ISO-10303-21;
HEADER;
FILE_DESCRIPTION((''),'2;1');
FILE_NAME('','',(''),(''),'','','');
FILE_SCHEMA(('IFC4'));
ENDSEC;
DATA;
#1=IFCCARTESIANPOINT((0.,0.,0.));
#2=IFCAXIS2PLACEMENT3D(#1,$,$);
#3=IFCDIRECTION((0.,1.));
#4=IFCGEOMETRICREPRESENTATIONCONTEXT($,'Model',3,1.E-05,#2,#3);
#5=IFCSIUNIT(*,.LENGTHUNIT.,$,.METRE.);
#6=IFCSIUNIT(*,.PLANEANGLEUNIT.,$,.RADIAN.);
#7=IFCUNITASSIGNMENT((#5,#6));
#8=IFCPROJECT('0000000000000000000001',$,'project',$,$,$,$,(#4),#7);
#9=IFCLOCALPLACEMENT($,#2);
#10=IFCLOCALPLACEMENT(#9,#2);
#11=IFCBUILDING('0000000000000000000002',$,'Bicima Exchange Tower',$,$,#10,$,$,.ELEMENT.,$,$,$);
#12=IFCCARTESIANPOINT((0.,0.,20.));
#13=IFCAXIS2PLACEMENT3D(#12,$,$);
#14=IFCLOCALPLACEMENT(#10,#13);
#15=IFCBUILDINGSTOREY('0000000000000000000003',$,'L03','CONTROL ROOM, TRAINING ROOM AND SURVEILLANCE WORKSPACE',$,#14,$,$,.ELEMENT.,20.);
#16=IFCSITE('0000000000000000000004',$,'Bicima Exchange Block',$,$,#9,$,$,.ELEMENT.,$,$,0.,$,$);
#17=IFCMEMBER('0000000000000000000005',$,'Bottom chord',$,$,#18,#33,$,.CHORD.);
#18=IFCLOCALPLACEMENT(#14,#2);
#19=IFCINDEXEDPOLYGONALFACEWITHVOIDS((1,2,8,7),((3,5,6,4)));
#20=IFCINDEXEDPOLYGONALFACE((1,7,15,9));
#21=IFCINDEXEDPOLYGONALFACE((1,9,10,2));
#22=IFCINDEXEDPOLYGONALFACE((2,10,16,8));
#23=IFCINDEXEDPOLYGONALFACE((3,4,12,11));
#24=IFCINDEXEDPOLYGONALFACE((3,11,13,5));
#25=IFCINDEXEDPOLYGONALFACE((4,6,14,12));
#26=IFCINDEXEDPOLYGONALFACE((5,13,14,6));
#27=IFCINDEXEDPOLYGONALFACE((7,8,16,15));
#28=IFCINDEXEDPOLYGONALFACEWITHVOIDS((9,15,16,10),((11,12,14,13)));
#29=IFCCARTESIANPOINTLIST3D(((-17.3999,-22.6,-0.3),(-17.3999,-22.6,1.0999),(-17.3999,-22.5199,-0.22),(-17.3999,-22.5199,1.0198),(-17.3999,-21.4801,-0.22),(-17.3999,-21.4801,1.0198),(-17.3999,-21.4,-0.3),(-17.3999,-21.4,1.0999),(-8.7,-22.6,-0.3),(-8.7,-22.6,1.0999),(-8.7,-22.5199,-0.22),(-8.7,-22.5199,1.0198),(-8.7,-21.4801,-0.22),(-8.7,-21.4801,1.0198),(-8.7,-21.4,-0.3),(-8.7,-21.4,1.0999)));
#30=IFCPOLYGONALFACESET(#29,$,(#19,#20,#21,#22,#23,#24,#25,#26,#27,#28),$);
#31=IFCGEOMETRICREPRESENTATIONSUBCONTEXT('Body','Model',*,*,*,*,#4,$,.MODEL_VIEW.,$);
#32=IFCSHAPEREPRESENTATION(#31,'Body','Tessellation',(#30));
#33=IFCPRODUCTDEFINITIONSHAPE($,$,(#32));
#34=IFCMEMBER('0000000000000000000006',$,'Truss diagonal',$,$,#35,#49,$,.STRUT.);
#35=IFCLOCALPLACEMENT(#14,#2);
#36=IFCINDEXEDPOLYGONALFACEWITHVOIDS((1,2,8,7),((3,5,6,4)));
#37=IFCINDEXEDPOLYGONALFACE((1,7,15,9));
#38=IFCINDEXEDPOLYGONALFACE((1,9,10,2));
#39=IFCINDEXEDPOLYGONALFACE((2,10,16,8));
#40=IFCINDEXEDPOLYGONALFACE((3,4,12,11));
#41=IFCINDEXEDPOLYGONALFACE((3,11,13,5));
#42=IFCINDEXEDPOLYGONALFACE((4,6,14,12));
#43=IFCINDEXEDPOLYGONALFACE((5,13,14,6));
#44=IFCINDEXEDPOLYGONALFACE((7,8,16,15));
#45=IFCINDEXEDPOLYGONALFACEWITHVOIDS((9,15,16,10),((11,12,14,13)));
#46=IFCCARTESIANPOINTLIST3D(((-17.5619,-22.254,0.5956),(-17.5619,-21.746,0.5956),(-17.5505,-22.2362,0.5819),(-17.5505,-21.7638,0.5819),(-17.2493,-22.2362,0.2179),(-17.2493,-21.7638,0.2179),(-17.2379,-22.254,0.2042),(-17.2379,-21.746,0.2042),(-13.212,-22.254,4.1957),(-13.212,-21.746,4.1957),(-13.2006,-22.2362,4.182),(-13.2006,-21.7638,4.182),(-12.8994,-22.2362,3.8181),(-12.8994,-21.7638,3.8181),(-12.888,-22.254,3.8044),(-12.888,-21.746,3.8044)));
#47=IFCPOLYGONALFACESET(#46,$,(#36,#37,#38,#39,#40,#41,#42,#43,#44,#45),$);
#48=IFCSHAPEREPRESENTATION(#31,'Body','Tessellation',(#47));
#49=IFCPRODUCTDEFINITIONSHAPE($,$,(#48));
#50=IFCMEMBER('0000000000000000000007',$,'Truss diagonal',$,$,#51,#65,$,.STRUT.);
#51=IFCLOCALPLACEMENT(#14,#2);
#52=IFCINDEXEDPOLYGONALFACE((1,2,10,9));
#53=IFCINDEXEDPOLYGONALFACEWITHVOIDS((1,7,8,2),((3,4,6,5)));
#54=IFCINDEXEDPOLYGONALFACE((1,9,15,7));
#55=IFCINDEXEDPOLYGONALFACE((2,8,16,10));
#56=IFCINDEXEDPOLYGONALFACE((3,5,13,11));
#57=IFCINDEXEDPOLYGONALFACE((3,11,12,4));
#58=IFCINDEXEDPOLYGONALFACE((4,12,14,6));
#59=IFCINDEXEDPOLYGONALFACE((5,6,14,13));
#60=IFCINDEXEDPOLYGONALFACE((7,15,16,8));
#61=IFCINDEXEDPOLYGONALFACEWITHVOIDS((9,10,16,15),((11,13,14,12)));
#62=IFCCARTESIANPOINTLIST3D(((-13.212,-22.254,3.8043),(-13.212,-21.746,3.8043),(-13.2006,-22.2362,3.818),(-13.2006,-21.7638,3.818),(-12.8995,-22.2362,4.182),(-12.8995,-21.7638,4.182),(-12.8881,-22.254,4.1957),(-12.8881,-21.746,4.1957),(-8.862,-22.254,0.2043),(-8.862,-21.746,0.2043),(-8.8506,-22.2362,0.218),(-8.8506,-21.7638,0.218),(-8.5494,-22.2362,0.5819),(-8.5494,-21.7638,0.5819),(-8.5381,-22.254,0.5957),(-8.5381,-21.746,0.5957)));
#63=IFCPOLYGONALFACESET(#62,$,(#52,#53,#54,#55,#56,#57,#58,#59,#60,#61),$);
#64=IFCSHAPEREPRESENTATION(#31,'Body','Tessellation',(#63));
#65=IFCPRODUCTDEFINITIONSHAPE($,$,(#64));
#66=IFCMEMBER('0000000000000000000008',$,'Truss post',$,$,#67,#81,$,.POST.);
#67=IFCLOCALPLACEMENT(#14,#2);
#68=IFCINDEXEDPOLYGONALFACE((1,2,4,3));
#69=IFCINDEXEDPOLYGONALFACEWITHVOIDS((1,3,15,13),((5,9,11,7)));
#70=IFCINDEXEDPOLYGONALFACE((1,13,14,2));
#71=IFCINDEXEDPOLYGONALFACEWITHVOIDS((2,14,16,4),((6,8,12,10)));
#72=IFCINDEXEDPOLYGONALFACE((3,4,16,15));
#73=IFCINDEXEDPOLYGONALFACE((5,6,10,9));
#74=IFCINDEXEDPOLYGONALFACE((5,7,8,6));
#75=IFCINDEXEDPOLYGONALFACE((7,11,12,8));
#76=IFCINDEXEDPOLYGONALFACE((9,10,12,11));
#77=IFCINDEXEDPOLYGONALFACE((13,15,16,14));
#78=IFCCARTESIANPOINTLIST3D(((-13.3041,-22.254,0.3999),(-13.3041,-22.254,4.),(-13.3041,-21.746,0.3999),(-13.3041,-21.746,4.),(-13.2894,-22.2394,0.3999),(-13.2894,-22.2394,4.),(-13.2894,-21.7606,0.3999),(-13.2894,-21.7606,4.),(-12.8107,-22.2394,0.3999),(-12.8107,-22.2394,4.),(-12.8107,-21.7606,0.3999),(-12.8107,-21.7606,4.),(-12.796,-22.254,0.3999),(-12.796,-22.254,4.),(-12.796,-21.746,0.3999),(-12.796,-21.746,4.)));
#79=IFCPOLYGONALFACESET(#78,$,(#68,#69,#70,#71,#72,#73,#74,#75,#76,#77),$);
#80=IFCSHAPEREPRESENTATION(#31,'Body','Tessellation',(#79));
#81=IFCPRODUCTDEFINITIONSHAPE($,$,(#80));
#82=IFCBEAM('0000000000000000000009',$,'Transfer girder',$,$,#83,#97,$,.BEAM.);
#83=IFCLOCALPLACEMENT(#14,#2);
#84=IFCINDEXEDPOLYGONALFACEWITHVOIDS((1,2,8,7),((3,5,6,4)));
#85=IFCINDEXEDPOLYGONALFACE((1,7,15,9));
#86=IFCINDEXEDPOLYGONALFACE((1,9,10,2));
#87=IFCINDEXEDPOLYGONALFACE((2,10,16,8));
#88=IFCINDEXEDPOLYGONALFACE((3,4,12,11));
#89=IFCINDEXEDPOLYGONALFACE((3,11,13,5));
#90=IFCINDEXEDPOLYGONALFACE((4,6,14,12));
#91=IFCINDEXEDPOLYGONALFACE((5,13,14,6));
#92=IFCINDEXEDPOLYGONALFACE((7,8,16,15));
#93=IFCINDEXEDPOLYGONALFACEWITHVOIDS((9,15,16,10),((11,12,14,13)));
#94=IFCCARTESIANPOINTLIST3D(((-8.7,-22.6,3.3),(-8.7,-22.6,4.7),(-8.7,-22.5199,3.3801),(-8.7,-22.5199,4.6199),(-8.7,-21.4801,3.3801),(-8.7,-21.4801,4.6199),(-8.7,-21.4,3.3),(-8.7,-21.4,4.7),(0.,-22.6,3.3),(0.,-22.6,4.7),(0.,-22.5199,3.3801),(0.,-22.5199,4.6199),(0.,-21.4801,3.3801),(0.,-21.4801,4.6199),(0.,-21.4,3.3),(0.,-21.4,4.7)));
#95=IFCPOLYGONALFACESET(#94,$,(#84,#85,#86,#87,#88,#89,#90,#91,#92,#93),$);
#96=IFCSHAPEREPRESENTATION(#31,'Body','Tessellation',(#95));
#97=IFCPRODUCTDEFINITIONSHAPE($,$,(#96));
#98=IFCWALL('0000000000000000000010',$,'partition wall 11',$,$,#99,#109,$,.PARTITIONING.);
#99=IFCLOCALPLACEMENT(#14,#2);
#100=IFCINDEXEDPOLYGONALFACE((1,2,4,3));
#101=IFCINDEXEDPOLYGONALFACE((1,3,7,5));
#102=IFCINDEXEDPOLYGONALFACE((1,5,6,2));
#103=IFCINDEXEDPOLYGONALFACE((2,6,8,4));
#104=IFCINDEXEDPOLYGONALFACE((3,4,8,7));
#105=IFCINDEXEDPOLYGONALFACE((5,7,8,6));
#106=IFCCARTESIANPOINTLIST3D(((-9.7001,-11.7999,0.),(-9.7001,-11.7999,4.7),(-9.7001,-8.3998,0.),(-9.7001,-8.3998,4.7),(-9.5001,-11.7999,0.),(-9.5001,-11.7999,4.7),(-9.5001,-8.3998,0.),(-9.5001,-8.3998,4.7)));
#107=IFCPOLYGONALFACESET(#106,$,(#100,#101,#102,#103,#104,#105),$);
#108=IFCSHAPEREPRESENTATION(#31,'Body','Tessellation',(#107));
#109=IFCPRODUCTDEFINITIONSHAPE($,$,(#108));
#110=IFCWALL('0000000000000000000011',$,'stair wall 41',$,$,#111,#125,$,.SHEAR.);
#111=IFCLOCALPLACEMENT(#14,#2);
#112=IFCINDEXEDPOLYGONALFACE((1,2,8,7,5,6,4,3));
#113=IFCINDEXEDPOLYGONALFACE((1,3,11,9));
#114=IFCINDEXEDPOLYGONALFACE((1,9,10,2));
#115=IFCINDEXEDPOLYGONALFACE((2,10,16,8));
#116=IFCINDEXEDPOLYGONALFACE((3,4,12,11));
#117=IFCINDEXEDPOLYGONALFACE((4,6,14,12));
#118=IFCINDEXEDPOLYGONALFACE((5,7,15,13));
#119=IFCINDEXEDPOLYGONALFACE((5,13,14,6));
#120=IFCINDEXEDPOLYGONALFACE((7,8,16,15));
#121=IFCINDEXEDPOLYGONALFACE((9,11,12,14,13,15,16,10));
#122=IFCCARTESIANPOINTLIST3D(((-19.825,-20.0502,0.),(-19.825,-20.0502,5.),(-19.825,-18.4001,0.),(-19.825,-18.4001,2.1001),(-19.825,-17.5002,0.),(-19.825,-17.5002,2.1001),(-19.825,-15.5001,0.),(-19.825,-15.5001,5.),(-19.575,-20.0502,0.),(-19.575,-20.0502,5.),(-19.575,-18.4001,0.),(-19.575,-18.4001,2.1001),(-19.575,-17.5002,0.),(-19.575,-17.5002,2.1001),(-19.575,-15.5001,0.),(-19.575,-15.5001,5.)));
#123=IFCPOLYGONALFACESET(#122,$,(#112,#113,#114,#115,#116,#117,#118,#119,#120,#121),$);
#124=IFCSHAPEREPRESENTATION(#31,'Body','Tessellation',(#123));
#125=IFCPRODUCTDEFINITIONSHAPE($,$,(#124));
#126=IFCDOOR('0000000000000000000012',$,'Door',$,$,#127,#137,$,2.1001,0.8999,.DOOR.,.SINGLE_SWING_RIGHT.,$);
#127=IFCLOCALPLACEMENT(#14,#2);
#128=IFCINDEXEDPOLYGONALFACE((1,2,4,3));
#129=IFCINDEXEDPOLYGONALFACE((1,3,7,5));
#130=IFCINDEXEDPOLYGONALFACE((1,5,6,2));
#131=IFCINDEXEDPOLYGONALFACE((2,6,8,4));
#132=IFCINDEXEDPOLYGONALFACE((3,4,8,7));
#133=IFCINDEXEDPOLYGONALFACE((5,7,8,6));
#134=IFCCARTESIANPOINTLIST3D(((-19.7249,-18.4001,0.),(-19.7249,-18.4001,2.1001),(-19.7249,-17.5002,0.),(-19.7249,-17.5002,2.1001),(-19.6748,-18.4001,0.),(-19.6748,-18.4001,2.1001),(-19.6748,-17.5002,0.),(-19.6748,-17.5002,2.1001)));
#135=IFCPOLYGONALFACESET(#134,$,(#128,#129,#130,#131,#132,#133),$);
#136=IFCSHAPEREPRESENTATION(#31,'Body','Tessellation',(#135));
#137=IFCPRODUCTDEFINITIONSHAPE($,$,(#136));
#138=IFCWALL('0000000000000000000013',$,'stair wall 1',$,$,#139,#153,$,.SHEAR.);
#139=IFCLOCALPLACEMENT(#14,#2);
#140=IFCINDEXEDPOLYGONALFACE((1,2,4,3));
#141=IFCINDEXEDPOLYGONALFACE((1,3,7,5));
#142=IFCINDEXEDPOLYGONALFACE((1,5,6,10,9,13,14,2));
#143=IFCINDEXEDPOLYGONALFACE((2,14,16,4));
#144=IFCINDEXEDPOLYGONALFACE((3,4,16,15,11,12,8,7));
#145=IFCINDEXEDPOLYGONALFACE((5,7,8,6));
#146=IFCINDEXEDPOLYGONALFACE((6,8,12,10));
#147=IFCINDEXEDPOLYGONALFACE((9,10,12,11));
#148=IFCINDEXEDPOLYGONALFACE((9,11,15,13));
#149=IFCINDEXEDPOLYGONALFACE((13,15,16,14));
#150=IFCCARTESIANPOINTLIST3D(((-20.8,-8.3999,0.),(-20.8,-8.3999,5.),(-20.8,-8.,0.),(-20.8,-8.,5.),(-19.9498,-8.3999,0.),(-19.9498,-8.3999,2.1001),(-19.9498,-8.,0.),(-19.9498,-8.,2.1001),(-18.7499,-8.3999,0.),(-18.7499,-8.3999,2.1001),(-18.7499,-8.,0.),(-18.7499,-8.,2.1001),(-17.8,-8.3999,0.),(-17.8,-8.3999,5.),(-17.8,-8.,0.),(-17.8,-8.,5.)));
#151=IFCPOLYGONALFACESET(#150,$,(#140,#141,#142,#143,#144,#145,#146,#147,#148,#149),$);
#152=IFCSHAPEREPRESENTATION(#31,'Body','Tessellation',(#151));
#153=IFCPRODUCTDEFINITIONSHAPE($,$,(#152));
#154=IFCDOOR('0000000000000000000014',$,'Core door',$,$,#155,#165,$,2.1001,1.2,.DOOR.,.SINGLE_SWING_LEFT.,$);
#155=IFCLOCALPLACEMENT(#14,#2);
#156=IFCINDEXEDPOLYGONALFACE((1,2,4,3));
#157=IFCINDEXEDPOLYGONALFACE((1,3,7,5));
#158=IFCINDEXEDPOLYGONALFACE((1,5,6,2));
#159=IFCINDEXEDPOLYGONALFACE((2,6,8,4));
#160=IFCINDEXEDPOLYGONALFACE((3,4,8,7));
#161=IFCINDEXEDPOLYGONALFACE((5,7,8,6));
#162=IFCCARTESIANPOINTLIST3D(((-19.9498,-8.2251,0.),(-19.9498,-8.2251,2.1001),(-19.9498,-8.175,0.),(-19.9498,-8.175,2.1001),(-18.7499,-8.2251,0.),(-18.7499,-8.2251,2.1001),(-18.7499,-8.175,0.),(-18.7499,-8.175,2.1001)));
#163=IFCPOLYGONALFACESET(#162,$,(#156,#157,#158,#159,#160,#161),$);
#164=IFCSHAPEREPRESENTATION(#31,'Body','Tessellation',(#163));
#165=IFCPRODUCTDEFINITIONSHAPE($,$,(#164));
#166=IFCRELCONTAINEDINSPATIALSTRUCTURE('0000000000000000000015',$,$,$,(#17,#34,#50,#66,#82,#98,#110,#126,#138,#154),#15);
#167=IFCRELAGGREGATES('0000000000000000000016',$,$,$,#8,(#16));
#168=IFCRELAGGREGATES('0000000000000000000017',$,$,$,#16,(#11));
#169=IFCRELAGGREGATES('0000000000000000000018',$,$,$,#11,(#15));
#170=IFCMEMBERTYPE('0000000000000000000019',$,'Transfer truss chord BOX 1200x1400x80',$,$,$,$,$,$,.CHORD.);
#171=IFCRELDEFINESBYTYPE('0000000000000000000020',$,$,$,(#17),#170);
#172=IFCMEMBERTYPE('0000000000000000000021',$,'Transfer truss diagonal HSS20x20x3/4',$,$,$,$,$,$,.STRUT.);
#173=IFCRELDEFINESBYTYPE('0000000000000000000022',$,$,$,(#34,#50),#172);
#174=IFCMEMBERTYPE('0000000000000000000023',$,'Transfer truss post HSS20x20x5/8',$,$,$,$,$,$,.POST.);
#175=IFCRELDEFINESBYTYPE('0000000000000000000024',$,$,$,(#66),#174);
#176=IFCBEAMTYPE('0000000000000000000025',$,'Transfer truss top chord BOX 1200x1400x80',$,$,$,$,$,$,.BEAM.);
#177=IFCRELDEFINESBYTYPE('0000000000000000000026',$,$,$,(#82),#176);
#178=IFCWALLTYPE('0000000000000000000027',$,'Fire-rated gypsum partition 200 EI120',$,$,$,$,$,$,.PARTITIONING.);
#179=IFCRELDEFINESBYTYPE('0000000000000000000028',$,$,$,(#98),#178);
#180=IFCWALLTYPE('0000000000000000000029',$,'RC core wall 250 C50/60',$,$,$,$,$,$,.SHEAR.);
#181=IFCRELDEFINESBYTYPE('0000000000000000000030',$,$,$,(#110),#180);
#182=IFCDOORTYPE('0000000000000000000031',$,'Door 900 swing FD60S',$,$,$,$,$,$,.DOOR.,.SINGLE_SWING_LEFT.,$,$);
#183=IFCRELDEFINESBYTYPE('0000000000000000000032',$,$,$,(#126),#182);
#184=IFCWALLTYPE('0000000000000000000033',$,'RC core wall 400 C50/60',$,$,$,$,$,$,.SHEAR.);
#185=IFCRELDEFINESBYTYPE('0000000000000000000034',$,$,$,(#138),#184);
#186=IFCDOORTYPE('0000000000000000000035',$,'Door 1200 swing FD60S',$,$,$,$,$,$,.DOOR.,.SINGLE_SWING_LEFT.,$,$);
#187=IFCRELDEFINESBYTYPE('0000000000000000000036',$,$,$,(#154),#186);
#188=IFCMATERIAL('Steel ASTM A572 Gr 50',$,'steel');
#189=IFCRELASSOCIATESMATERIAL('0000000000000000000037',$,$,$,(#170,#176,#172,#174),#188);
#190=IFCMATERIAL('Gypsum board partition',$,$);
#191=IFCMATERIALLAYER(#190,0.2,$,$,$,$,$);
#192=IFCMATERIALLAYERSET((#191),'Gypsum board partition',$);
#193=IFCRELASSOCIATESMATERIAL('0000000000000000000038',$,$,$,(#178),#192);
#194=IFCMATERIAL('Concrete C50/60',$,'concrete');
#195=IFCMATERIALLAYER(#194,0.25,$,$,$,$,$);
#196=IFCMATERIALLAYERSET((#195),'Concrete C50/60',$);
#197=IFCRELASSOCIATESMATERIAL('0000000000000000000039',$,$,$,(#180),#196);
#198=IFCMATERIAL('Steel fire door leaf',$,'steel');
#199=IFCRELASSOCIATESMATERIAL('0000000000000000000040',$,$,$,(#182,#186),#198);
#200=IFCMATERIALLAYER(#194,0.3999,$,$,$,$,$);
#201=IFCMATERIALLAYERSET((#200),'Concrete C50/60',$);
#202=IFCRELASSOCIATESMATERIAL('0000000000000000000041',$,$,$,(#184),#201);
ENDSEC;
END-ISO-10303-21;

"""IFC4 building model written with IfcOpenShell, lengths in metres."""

from ifc_helpers import new_model, si_unit, direction, frame, frame_2d, origin, origin_2d, place, context, subcontext, project, spatial, rectangle, hollow_rectangle, extrude, material, layer, layer_set, material_profile, profile_set, type_object, element, fill, save


model = new_model("IFC4")

# Units and contexts
model_context = context("Model", 3, precision=1e-05, world=origin(), true_north=direction((0.0, 1.0)))
body_context = subcontext(model_context, "Body", "Model", "MODEL_VIEW")
ifc_project = project(units=[si_unit("LENGTHUNIT", "METRE"), si_unit("PLANEANGLEUNIT", "RADIAN")], contexts=[model_context])

# Site, building, storey
site_placement = place(None, origin())
site = spatial("IfcSite", under=ifc_project, at=site_placement, Name="Bicima Exchange Block", CompositionType="ELEMENT", RefElevation=0.0)
building_placement = place(site_placement, origin())
building = spatial("IfcBuilding", under=site, at=building_placement, Name="Bicima Exchange Tower", CompositionType="ELEMENT")
storey_placement = place(building_placement, frame((0.0, 0.0, 20.0)))
storey = spatial("IfcBuildingStorey", under=building, at=storey_placement, Name="L03", Description="CONTROL ROOM, TRAINING ROOM AND SURVEILLANCE WORKSPACE", CompositionType="ELEMENT", Elevation=20.0)

# Members
ifc_material_1 = material(Name="Steel ASTM A572 Gr 50", Category="steel")
ifc_material_profile_1 = material_profile(ifc_material_1, hollow_rectangle(XDim=1.2, YDim=1.3999, WallThickness=0.0801, at=origin_2d()))
ifc_profile_set_1 = profile_set([ifc_material_profile_1], Name="Steel ASTM A572 Gr 50")
member_type_1 = type_object("IfcMemberType", Name="Transfer truss chord BOX 1200x1400x80", PredefinedType="CHORD", material=ifc_profile_set_1)
member_1_placement = place(storey_placement, frame((-17.3999, -22.0, 0.3999), z_axis=(1.0, 0.0, 0.0), x_axis=(0.0, 1.0, 0.0)))
element("IfcMember", 1, at=member_1_placement, inside=storey, type_object=member_type_1, Name="Bottom chord", PredefinedType="CHORD", context=body_context, shape_type="SweptSolid", body=[
    extrude(hollow_rectangle(XDim=1.2, YDim=1.3999, WallThickness=0.0801, at=origin_2d()), origin(), (0.0, 0.0, 1.0), 8.7),
])
ifc_material_profile_2 = material_profile(ifc_material_1, hollow_rectangle(XDim=0.5081, YDim=0.5081, WallThickness=0.0178, at=origin_2d()))
ifc_profile_set_2 = profile_set([ifc_material_profile_2], Name="Steel ASTM A572 Gr 50")
member_type_2 = type_object("IfcMemberType", Name="Transfer truss diagonal HSS20x20x3/4", PredefinedType="STRUT", material=ifc_profile_set_2)
for number, where, z_axis, x_axis, name in (
    (2, (-17.3999, -22.0, 0.3999), (0.770375, 0.0, 0.637591), (0.0, 1.0, 0.0), "Truss diagonal"),
    (3, (-13.05, -22.0, 4.0), (0.770393, 0.0, -0.637569), (0.0, 1.0, 0.0), "Truss diagonal"),
):
    element("IfcMember", number, at=place(storey_placement, frame(where, z_axis=z_axis, x_axis=x_axis)), inside=storey, type_object=member_type_2, Name=name, PredefinedType="STRUT", context=body_context, shape_type="SweptSolid", body=[
        extrude(hollow_rectangle(XDim=0.5081, YDim=0.5081, WallThickness=0.0178, at=origin_2d()), origin(), (0.0, 0.0, 1.0), 5.6465),
    ])
ifc_material_profile_3 = material_profile(ifc_material_1, hollow_rectangle(XDim=0.5081, YDim=0.5081, WallThickness=0.0146, at=origin_2d()))
ifc_profile_set_3 = profile_set([ifc_material_profile_3], Name="Steel ASTM A572 Gr 50")
member_type_3 = type_object("IfcMemberType", Name="Transfer truss post HSS20x20x5/8", PredefinedType="POST", material=ifc_profile_set_3)
member_2_placement = place(storey_placement, frame((-13.05, -22.0, 0.3999), z_axis=(0.0, 0.0, 1.0), x_axis=(1.0, 0.0, 0.0)))
element("IfcMember", 4, at=member_2_placement, inside=storey, type_object=member_type_3, Name="Truss post", PredefinedType="POST", context=body_context, shape_type="SweptSolid", body=[
    extrude(hollow_rectangle(XDim=0.5081, YDim=0.5081, WallThickness=0.0146, at=origin_2d()), origin(), (0.0, 0.0, 1.0), 3.6001),
])

# Beam
beam_type = type_object("IfcBeamType", Name="Transfer truss top chord BOX 1200x1400x80", PredefinedType="BEAM", material=ifc_profile_set_1)
beam_placement = place(storey_placement, frame((-8.7, -22.0, 4.0), z_axis=(1.0, 0.0, 0.0), x_axis=(0.0, 1.0, 0.0)))
element("IfcBeam", 5, at=beam_placement, inside=storey, type_object=beam_type, Name="Transfer girder", PredefinedType="BEAM", context=body_context, shape_type="SweptSolid", body=[
    extrude(hollow_rectangle(XDim=1.2, YDim=1.3999, WallThickness=0.0801, at=origin_2d()), origin(), (0.0, 0.0, 1.0), 8.7),
])

# Wall
ifc_material_2 = material(Name="Gypsum board partition")
ifc_layer_1 = layer(ifc_material_2, 0.2)
ifc_layer_set_1 = layer_set([ifc_layer_1], Name="Gypsum board partition")
wall_type_1 = type_object("IfcWallType", Name="Fire-rated gypsum partition 200 EI120", PredefinedType="PARTITIONING", material=ifc_layer_set_1)
wall_1_placement = place(storey_placement, frame((-9.6001, -11.8, 0.0), z_axis=(0.0, 0.0, 1.0), x_axis=(0.0, 1.0, 0.0)))
element("IfcWall", 6, at=wall_1_placement, inside=storey, type_object=wall_type_1, Name="partition wall 11", PredefinedType="PARTITIONING", context=body_context, shape_type="SweptSolid", body=[
    extrude(rectangle(XDim=3.4001, YDim=0.2, at=frame_2d((1.7002, 0.0))), origin(), (0.0, 0.0, 1.0), 4.7),
])

# Walls, openings, doors
ifc_material_3 = material(Name="Concrete C50/60", Category="concrete")
ifc_layer_2 = layer(ifc_material_3, 0.25)
ifc_layer_set_2 = layer_set([ifc_layer_2], Name="Concrete C50/60")
wall_type_2 = type_object("IfcWallType", Name="RC core wall 250 C50/60", PredefinedType="SHEAR", material=ifc_layer_set_2)
wall_2_placement = place(storey_placement, frame((-19.7, -20.05, 0.0), z_axis=(0.0, 0.0, 1.0), x_axis=(0.0, 1.0, 0.0)))
wall_2 = element("IfcWall", 7, at=wall_2_placement, inside=storey, type_object=wall_type_2, Name="stair wall 41", PredefinedType="SHEAR", context=body_context, shape_type="SweptSolid", body=[
    extrude(rectangle(XDim=4.55, YDim=0.25, at=frame_2d((2.2749, 0.0))), origin(), (0.0, 0.0, 1.0), 5.0),
])
opening_1_placement = place(wall_2_placement, frame((1.6499, 0.0, 0.0)))
opening_1 = element("IfcOpeningElement", 8, at=opening_1_placement, cuts=wall_2, PredefinedType="OPENING", context=body_context, shape_type="SweptSolid", body=[
    extrude(rectangle(XDim=0.8999, YDim=2.1001, at=frame_2d((0.45, 1.05))), frame((0.0, 0.137, 0.0), z_axis=(0.0, -1.0, 0.0), x_axis=(1.0, 0.0, 0.0)), (0.0, 0.0, 1.0), 0.2739),
])
ifc_material_4 = material(Name="Steel fire door leaf", Category="steel")
door_type_1 = type_object("IfcDoorType", Name="Door 900 swing FD60S", OperationType="SINGLE_SWING_LEFT", PredefinedType="DOOR", material=ifc_material_4)
door_1_placement = place(opening_1_placement, origin())
door_1 = element("IfcDoor", 9, at=door_1_placement, inside=storey, type_object=door_type_1, Name="Door", OperationType="SINGLE_SWING_RIGHT", OverallHeight=2.1001, OverallWidth=0.8999, PredefinedType="DOOR", context=body_context, shape_type="SweptSolid", body=[
    extrude(rectangle(XDim=0.8999, YDim=2.1001, at=frame_2d((0.45, 1.05))), frame((0.0, 0.0249, 0.0), z_axis=(0.0, -1.0, 0.0), x_axis=(1.0, 0.0, 0.0)), (0.0, 0.0, 1.0), 0.05),
])
fill(opening_1, door_1)
ifc_layer_3 = layer(ifc_material_3, 0.3999)
ifc_layer_set_3 = layer_set([ifc_layer_3], Name="Concrete C50/60")
wall_type_3 = type_object("IfcWallType", Name="RC core wall 400 C50/60", PredefinedType="SHEAR", material=ifc_layer_set_3)
wall_3_placement = place(storey_placement, frame((-20.8, -8.2, 0.0), z_axis=(0.0, 0.0, 1.0), x_axis=(1.0, 0.0, 0.0)))
wall_3 = element("IfcWall", 10, at=wall_3_placement, inside=storey, type_object=wall_type_3, Name="stair wall 1", PredefinedType="SHEAR", context=body_context, shape_type="SweptSolid", body=[
    extrude(rectangle(XDim=3.0, YDim=0.3999, at=frame_2d((1.5, 0.0))), origin(), (0.0, 0.0, 1.0), 5.0),
])
opening_2_placement = place(wall_3_placement, frame((0.8501, 0.0, 0.0)))
opening_2 = element("IfcOpeningElement", 11, at=opening_2_placement, cuts=wall_3, PredefinedType="OPENING", context=body_context, shape_type="SweptSolid", body=[
    extrude(rectangle(XDim=1.2, YDim=2.1001, at=frame_2d((0.6001, 1.05))), frame((0.0, 0.2119, 0.0), z_axis=(0.0, -1.0, 0.0), x_axis=(1.0, 0.0, 0.0)), (0.0, 0.0, 1.0), 0.4238),
])
door_type_2 = type_object("IfcDoorType", Name="Door 1200 swing FD60S", OperationType="SINGLE_SWING_LEFT", PredefinedType="DOOR", material=ifc_material_4)
door_2_placement = place(opening_2_placement, origin())
door_2 = element("IfcDoor", 12, at=door_2_placement, inside=storey, type_object=door_type_2, Name="Core door", OperationType="SINGLE_SWING_LEFT", OverallHeight=2.1001, OverallWidth=1.2, PredefinedType="DOOR", context=body_context, shape_type="SweptSolid", body=[
    extrude(rectangle(XDim=1.2, YDim=2.1001, at=frame_2d((0.6001, 1.05))), frame((0.0, 0.0249, 0.0), z_axis=(0.0, -1.0, 0.0), x_axis=(1.0, 0.0, 0.0)), (0.0, 0.0, 1.0), 0.05),
])
fill(opening_2, door_2)

save(model, "model.ifc")
